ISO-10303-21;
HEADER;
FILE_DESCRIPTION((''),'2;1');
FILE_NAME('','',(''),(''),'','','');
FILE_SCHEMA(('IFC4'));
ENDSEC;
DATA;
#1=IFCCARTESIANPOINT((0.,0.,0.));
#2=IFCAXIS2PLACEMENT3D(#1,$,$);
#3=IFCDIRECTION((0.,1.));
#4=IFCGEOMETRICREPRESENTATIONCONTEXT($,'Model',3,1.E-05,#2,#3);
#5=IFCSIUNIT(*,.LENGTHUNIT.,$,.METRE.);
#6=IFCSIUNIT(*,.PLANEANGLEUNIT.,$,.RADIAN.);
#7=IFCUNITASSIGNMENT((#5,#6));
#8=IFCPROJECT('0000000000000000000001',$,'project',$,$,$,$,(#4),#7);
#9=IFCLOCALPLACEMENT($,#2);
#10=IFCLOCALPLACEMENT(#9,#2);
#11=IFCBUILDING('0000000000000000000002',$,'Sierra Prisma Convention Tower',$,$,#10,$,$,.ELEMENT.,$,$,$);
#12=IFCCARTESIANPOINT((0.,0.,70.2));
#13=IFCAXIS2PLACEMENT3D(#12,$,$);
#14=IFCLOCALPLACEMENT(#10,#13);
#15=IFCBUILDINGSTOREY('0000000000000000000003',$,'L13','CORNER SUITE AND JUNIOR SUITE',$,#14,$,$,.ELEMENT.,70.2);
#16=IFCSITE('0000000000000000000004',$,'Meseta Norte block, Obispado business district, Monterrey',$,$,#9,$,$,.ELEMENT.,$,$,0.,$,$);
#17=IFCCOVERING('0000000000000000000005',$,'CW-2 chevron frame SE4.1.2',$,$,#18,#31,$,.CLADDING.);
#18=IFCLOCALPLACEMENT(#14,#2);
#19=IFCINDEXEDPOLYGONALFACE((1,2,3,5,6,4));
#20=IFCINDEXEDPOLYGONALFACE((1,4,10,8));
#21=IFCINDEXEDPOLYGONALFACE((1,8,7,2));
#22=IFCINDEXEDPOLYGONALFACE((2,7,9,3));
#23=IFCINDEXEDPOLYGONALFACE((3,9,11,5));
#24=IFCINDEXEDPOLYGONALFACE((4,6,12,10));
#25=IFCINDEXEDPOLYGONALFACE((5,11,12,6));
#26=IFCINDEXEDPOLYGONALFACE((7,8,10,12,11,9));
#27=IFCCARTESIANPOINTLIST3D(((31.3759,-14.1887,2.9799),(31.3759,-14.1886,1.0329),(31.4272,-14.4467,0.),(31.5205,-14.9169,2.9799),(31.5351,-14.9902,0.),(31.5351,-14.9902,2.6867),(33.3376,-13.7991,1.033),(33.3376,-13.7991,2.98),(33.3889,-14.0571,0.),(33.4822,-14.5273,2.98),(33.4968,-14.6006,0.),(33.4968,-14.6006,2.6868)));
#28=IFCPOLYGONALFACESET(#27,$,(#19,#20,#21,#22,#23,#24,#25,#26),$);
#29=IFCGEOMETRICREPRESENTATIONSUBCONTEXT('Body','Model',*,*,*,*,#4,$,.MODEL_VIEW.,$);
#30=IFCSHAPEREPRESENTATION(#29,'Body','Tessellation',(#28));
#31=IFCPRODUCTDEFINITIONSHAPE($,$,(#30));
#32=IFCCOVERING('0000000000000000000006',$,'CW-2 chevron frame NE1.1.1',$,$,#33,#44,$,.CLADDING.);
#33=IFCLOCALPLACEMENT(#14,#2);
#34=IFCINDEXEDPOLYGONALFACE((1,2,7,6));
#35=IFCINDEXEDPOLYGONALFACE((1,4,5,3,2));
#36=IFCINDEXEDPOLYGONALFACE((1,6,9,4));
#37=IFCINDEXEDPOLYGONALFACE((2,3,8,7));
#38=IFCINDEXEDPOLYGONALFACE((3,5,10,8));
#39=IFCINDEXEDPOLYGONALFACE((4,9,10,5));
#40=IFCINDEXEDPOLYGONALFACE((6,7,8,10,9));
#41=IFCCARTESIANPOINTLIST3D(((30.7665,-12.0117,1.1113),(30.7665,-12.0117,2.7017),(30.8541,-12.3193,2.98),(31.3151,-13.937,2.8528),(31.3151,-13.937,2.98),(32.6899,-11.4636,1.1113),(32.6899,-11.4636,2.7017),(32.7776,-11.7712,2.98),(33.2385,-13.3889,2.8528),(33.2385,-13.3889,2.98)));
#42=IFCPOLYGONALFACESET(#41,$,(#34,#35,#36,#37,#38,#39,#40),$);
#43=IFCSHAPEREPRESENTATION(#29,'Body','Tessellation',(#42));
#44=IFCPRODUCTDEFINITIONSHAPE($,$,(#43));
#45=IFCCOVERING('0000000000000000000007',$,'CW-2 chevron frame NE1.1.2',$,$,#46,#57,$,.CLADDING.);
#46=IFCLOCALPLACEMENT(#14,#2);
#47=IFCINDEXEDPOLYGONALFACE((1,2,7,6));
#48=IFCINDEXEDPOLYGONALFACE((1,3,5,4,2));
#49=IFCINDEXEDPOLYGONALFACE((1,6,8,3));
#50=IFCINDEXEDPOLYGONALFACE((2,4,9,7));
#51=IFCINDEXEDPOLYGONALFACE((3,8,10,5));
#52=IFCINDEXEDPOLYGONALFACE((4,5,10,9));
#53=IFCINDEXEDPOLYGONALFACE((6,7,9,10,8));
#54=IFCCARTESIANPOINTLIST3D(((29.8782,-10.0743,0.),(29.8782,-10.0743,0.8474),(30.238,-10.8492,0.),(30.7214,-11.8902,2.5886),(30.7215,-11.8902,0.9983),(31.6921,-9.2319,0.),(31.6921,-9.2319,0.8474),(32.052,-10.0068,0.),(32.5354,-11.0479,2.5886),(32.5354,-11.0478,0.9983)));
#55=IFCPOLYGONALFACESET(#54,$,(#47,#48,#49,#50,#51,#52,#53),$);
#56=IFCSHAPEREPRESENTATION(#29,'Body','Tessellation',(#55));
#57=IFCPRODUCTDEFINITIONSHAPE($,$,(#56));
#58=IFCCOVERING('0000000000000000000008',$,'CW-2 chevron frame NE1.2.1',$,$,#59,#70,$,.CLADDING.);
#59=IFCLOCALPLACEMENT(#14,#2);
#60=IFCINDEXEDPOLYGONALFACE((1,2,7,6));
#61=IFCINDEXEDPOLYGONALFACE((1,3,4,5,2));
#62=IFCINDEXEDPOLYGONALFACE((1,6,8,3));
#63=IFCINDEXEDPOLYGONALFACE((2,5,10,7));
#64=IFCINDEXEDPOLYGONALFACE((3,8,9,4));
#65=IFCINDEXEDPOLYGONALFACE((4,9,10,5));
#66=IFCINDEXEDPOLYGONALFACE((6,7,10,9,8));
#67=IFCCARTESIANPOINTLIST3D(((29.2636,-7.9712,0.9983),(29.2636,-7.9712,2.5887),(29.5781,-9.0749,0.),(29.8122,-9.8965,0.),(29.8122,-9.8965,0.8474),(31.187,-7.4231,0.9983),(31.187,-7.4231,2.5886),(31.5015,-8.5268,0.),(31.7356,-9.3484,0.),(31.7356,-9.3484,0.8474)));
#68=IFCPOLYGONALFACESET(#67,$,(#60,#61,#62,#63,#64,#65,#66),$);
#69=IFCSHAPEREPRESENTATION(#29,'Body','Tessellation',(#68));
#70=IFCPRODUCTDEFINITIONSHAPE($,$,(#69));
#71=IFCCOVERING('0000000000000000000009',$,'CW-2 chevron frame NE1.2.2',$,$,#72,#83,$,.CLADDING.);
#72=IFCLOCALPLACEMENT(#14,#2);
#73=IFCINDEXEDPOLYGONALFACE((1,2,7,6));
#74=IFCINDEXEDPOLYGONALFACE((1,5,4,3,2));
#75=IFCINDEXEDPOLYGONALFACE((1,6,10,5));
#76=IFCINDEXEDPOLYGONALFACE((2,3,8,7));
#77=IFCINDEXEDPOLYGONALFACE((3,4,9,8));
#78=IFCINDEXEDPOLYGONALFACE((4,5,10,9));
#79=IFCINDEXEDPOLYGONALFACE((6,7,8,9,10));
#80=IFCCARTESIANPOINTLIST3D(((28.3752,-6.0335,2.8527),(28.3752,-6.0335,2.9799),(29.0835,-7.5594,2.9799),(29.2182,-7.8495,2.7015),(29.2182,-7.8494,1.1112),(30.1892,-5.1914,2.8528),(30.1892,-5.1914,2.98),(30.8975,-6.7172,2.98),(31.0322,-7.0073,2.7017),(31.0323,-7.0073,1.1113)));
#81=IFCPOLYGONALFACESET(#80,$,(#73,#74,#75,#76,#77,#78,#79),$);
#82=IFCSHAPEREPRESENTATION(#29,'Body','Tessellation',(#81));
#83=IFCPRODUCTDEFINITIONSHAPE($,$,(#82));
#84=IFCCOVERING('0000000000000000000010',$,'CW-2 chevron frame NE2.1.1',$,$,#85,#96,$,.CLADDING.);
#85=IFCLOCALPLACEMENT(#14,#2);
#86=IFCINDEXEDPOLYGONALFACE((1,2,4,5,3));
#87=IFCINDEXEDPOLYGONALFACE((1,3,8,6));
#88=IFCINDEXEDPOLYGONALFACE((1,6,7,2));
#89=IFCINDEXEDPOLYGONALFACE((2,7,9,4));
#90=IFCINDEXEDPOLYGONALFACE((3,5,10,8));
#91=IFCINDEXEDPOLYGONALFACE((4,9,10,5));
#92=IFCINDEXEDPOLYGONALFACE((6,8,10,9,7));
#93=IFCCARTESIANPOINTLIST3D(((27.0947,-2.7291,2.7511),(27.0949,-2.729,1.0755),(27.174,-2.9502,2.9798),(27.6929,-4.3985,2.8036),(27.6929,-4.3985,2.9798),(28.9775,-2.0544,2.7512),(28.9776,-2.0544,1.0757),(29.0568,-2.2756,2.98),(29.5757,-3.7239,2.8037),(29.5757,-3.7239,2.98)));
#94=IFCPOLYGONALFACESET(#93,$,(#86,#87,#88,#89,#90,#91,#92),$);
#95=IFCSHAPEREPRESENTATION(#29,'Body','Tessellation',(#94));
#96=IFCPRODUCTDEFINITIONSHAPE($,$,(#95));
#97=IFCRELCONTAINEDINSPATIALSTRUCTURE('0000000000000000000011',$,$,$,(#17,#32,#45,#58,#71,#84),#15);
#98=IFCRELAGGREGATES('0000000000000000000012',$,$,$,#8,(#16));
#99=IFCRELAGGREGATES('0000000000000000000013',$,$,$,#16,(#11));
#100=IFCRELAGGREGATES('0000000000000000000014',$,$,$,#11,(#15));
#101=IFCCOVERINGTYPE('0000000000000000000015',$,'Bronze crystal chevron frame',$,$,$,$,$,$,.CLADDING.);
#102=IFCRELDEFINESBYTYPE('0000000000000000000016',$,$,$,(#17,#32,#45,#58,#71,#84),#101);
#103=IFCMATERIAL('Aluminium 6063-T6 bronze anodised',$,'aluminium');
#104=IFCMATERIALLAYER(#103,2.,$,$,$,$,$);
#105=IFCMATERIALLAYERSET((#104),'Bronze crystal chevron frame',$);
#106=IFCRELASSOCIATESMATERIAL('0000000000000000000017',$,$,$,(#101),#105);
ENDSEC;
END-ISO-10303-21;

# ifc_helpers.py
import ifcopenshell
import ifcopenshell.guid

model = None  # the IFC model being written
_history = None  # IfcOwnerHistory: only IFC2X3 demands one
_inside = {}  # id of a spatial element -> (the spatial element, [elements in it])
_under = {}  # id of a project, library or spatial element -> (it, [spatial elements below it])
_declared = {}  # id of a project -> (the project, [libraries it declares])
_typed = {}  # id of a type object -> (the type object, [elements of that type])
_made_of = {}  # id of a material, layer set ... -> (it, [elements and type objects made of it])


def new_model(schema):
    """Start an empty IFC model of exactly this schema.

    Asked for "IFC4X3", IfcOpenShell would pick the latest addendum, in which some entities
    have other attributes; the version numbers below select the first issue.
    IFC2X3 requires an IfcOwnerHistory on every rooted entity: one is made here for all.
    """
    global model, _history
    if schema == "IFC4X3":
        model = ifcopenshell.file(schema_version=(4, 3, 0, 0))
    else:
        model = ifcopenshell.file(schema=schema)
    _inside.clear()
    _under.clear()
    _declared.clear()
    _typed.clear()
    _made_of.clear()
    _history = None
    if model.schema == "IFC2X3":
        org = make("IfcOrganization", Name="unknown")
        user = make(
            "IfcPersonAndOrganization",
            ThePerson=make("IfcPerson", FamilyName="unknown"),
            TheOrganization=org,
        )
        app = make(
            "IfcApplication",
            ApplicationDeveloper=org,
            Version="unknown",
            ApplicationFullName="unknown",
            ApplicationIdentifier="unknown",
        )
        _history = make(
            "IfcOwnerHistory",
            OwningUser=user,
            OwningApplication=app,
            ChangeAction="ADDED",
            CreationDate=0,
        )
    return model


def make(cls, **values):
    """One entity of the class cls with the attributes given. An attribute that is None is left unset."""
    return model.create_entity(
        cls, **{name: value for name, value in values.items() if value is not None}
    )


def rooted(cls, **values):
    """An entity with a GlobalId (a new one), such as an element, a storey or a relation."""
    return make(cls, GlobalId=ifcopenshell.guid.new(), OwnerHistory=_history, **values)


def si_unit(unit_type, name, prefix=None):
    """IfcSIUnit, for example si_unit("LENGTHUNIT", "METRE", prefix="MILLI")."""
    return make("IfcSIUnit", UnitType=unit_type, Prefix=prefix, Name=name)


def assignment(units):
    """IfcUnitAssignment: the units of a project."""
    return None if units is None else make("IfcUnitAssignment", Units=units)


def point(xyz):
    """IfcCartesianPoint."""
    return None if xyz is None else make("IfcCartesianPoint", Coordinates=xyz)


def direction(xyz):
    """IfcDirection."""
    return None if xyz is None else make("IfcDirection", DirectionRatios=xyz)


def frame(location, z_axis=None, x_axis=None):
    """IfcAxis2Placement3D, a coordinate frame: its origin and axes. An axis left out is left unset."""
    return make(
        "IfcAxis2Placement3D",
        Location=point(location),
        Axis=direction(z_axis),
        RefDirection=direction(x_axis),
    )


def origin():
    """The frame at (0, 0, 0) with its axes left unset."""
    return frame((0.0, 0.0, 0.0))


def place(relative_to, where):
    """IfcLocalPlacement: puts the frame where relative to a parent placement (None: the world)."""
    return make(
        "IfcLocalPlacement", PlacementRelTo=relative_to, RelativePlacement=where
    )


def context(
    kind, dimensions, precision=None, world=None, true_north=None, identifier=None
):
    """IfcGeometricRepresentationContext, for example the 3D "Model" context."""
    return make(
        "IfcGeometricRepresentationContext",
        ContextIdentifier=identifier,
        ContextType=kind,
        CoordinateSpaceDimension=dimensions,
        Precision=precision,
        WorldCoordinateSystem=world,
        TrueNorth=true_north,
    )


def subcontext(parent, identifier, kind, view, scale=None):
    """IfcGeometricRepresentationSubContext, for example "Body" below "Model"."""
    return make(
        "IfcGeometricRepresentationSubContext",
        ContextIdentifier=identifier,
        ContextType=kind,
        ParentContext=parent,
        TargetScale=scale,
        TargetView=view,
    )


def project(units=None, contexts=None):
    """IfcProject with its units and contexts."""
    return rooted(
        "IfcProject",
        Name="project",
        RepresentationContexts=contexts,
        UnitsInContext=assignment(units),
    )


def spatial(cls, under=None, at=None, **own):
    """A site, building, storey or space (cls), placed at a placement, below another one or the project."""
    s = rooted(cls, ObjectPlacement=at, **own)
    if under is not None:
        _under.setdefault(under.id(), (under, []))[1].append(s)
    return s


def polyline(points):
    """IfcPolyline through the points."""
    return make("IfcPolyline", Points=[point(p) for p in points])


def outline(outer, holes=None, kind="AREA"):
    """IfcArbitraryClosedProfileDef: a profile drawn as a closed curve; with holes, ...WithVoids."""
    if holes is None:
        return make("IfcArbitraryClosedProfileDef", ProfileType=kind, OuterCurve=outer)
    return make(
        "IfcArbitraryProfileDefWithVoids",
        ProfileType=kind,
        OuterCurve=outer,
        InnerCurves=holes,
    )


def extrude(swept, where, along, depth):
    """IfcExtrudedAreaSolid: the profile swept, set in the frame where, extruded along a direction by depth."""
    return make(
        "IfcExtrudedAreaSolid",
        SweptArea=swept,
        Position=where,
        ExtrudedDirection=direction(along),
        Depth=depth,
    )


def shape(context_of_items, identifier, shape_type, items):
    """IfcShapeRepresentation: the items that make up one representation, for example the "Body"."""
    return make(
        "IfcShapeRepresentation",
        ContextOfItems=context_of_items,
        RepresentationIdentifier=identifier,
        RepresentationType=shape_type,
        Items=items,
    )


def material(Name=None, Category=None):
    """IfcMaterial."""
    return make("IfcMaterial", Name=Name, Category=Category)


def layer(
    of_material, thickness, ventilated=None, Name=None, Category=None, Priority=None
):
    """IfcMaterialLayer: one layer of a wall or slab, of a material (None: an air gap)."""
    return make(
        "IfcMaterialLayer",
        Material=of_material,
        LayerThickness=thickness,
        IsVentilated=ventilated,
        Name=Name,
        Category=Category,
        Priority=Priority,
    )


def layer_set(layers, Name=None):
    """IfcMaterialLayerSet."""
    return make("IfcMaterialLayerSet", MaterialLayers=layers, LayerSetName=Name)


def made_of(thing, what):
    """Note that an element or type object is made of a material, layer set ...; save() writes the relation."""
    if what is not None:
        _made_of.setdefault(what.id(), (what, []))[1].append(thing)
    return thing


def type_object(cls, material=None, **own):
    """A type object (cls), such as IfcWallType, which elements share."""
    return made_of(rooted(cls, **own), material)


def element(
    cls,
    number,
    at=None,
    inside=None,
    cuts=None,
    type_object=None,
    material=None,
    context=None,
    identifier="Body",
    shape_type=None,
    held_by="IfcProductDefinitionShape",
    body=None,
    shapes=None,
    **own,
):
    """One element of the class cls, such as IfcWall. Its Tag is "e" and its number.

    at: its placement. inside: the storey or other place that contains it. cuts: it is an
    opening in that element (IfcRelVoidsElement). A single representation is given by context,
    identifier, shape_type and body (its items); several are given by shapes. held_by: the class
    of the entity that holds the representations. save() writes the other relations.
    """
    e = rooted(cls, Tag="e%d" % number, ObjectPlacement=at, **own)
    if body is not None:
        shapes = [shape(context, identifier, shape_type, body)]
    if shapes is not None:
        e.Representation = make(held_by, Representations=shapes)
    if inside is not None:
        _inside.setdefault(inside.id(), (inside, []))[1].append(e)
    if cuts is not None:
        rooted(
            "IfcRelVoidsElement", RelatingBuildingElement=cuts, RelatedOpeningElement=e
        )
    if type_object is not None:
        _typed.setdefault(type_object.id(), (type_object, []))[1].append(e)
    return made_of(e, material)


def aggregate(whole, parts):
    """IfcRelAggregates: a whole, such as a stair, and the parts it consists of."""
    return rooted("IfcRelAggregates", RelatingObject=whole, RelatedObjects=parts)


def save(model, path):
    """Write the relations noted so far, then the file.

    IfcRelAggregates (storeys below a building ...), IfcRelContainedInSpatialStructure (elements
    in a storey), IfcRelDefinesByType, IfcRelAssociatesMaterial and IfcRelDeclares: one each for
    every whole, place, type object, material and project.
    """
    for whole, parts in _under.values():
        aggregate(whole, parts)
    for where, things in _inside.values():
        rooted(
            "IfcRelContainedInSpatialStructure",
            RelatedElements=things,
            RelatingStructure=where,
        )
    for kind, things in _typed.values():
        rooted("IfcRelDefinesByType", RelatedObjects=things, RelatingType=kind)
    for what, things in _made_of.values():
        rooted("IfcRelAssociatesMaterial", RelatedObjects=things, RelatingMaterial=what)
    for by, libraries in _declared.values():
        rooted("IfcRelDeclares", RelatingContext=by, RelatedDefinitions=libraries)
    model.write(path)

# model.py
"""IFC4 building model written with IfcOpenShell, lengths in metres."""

from ifc_helpers import new_model, si_unit, direction, frame, origin, place, context, subcontext, project, spatial, polyline, outline, extrude, material, layer, layer_set, type_object, element, save


model = new_model("IFC4")

# Units and contexts
model_context = context("Model", 3, precision=1e-05, world=origin(), true_north=direction((0.0, 1.0)))
body_context = subcontext(model_context, "Body", "Model", "MODEL_VIEW")
ifc_project = project(units=[si_unit("LENGTHUNIT", "METRE"), si_unit("PLANEANGLEUNIT", "RADIAN")], contexts=[model_context])

# Site, building, storey
site_placement = place(None, origin())
site = spatial("IfcSite", under=ifc_project, at=site_placement, Name="Meseta Norte block, Obispado business district, Monterrey", CompositionType="ELEMENT", RefElevation=0.0)
building_placement = place(site_placement, origin())
building = spatial("IfcBuilding", under=site, at=building_placement, Name="Sierra Prisma Convention Tower", CompositionType="ELEMENT")
storey_placement = place(building_placement, frame((0.0, 0.0, 70.2)))
storey = spatial("IfcBuildingStorey", under=building, at=storey_placement, Name="L13", Description="CORNER SUITE AND JUNIOR SUITE", CompositionType="ELEMENT", Elevation=70.2)

# Coverings
ifc_material_1 = material(Name="Aluminium 6063-T6 bronze anodised", Category="aluminium")
ifc_layer_1 = layer(ifc_material_1, 2.0)
ifc_layer_set_1 = layer_set([ifc_layer_1], Name="Bronze crystal chevron frame")
covering_type = type_object("IfcCoveringType", Name="Bronze crystal chevron frame", PredefinedType="CLADDING", material=ifc_layer_set_1)
covering_1_placement = place(storey_placement, frame((33.4968, -14.6006, 0.0), z_axis=(0.980846, 0.194784, 0.000021), x_axis=(-0.194784, 0.980846, 0.0)))
element("IfcCovering", 1, at=covering_1_placement, inside=storey, type_object=covering_type, Name="CW-2 chevron frame SE4.1.2", PredefinedType="CLADDING", context=body_context, shape_type="SweptSolid", body=[
    extrude(outline(polyline([(0.0, 0.0), (0.5541, 0.0), (0.8172, 1.033), (0.8172, 2.98), (0.0747, 2.98), (0.0, 2.6868), (0.0, 0.0)])), origin(), (0.0, 0.0, -1.0), 2.0),
])
covering_2_placement = place(storey_placement, frame((33.2385, -13.3889, 2.98), z_axis=(0.961721, 0.274029, 0.000002), x_axis=(0.000002, 0.000001, -1.0)))
element("IfcCovering", 2, at=covering_2_placement, inside=storey, type_object=covering_type, Name="CW-2 chevron frame NE1.1.1", PredefinedType="CLADDING", context=body_context, shape_type="SweptSolid", body=[
    extrude(outline(polyline([(0.0, 0.0), (0.1272, 0.0), (1.8687, 2.0019), (0.2783, 2.0019), (0.0, 1.6821), (0.0, 0.0)])), origin(), (0.0, 0.0, -1.0), 2.0),
])
covering_3_placement = place(storey_placement, frame((32.5354, -11.0479, 2.5886), z_axis=(0.906978, 0.421179, 0.000006), x_axis=(0.000006, 0.000003, -1.0)))
element("IfcCovering", 3, at=covering_3_placement, inside=storey, type_object=covering_type, Name="CW-2 chevron frame NE1.1.2", PredefinedType="CLADDING", context=body_context, shape_type="SweptSolid", body=[
    extrude(outline(polyline([(0.0, 0.0), (1.5903, 0.0), (2.5886, 1.1478), (2.5886, 2.0022), (1.7412, 2.0022), (0.0, 0.0)])), origin(), (0.0, 0.0, -1.0), 2.0),
])
covering_4_placement = place(storey_placement, frame((31.7356, -9.3484, 0.0), z_axis=(0.961719, 0.274036, -0.000016), x_axis=(-0.274036, 0.961719, 0.0)))
element("IfcCovering", 4, at=covering_4_placement, inside=storey, type_object=covering_type, Name="CW-2 chevron frame NE1.2.1", PredefinedType="CLADDING", context=body_context, shape_type="SweptSolid", body=[
    extrude(outline(polyline([(0.0, 0.0), (0.8542, 0.0), (2.0019, 0.9983), (2.0019, 2.5886), (0.0, 0.8474), (0.0, 0.0)])), origin(), (0.0, 0.0, -1.0), 2.0),
])
covering_5_placement = place(storey_placement, frame((30.1892, -5.1914, 2.98), z_axis=(0.907029, 0.421069, 0.000055), x_axis=(0.421069, -0.907029, 0.0)))
element("IfcCovering", 5, at=covering_5_placement, inside=storey, type_object=covering_type, Name="CW-2 chevron frame NE1.2.2", PredefinedType="CLADDING", context=body_context, shape_type="SweptSolid", body=[
    extrude(outline(polyline([(0.0, 0.0), (1.6822, 0.0), (2.0021, 0.2783), (2.0021, 1.8687), (0.0, 0.1272), (0.0, 0.0)])), origin(), (0.0, 0.0, -1.0), 2.0),
])
covering_6_placement = place(storey_placement, frame((29.5757, -3.7239, 2.98), z_axis=(0.941396, 0.337304, 0.000069), x_axis=(0.000065, 0.000023, -1.0)))
element("IfcCovering", 6, at=covering_6_placement, inside=storey, type_object=covering_type, Name="CW-2 chevron frame NE2.1.1", PredefinedType="CLADDING", context=body_context, shape_type="SweptSolid", body=[
    extrude(outline(polyline([(0.0, 0.0), (0.1763, 0.0), (1.9043, 1.7734), (0.2288, 1.7734), (0.0, 1.5384), (0.0, 0.0)])), origin(), (0.0, 0.0, -1.0), 2.0),
])

save(model, "model.ifc")
